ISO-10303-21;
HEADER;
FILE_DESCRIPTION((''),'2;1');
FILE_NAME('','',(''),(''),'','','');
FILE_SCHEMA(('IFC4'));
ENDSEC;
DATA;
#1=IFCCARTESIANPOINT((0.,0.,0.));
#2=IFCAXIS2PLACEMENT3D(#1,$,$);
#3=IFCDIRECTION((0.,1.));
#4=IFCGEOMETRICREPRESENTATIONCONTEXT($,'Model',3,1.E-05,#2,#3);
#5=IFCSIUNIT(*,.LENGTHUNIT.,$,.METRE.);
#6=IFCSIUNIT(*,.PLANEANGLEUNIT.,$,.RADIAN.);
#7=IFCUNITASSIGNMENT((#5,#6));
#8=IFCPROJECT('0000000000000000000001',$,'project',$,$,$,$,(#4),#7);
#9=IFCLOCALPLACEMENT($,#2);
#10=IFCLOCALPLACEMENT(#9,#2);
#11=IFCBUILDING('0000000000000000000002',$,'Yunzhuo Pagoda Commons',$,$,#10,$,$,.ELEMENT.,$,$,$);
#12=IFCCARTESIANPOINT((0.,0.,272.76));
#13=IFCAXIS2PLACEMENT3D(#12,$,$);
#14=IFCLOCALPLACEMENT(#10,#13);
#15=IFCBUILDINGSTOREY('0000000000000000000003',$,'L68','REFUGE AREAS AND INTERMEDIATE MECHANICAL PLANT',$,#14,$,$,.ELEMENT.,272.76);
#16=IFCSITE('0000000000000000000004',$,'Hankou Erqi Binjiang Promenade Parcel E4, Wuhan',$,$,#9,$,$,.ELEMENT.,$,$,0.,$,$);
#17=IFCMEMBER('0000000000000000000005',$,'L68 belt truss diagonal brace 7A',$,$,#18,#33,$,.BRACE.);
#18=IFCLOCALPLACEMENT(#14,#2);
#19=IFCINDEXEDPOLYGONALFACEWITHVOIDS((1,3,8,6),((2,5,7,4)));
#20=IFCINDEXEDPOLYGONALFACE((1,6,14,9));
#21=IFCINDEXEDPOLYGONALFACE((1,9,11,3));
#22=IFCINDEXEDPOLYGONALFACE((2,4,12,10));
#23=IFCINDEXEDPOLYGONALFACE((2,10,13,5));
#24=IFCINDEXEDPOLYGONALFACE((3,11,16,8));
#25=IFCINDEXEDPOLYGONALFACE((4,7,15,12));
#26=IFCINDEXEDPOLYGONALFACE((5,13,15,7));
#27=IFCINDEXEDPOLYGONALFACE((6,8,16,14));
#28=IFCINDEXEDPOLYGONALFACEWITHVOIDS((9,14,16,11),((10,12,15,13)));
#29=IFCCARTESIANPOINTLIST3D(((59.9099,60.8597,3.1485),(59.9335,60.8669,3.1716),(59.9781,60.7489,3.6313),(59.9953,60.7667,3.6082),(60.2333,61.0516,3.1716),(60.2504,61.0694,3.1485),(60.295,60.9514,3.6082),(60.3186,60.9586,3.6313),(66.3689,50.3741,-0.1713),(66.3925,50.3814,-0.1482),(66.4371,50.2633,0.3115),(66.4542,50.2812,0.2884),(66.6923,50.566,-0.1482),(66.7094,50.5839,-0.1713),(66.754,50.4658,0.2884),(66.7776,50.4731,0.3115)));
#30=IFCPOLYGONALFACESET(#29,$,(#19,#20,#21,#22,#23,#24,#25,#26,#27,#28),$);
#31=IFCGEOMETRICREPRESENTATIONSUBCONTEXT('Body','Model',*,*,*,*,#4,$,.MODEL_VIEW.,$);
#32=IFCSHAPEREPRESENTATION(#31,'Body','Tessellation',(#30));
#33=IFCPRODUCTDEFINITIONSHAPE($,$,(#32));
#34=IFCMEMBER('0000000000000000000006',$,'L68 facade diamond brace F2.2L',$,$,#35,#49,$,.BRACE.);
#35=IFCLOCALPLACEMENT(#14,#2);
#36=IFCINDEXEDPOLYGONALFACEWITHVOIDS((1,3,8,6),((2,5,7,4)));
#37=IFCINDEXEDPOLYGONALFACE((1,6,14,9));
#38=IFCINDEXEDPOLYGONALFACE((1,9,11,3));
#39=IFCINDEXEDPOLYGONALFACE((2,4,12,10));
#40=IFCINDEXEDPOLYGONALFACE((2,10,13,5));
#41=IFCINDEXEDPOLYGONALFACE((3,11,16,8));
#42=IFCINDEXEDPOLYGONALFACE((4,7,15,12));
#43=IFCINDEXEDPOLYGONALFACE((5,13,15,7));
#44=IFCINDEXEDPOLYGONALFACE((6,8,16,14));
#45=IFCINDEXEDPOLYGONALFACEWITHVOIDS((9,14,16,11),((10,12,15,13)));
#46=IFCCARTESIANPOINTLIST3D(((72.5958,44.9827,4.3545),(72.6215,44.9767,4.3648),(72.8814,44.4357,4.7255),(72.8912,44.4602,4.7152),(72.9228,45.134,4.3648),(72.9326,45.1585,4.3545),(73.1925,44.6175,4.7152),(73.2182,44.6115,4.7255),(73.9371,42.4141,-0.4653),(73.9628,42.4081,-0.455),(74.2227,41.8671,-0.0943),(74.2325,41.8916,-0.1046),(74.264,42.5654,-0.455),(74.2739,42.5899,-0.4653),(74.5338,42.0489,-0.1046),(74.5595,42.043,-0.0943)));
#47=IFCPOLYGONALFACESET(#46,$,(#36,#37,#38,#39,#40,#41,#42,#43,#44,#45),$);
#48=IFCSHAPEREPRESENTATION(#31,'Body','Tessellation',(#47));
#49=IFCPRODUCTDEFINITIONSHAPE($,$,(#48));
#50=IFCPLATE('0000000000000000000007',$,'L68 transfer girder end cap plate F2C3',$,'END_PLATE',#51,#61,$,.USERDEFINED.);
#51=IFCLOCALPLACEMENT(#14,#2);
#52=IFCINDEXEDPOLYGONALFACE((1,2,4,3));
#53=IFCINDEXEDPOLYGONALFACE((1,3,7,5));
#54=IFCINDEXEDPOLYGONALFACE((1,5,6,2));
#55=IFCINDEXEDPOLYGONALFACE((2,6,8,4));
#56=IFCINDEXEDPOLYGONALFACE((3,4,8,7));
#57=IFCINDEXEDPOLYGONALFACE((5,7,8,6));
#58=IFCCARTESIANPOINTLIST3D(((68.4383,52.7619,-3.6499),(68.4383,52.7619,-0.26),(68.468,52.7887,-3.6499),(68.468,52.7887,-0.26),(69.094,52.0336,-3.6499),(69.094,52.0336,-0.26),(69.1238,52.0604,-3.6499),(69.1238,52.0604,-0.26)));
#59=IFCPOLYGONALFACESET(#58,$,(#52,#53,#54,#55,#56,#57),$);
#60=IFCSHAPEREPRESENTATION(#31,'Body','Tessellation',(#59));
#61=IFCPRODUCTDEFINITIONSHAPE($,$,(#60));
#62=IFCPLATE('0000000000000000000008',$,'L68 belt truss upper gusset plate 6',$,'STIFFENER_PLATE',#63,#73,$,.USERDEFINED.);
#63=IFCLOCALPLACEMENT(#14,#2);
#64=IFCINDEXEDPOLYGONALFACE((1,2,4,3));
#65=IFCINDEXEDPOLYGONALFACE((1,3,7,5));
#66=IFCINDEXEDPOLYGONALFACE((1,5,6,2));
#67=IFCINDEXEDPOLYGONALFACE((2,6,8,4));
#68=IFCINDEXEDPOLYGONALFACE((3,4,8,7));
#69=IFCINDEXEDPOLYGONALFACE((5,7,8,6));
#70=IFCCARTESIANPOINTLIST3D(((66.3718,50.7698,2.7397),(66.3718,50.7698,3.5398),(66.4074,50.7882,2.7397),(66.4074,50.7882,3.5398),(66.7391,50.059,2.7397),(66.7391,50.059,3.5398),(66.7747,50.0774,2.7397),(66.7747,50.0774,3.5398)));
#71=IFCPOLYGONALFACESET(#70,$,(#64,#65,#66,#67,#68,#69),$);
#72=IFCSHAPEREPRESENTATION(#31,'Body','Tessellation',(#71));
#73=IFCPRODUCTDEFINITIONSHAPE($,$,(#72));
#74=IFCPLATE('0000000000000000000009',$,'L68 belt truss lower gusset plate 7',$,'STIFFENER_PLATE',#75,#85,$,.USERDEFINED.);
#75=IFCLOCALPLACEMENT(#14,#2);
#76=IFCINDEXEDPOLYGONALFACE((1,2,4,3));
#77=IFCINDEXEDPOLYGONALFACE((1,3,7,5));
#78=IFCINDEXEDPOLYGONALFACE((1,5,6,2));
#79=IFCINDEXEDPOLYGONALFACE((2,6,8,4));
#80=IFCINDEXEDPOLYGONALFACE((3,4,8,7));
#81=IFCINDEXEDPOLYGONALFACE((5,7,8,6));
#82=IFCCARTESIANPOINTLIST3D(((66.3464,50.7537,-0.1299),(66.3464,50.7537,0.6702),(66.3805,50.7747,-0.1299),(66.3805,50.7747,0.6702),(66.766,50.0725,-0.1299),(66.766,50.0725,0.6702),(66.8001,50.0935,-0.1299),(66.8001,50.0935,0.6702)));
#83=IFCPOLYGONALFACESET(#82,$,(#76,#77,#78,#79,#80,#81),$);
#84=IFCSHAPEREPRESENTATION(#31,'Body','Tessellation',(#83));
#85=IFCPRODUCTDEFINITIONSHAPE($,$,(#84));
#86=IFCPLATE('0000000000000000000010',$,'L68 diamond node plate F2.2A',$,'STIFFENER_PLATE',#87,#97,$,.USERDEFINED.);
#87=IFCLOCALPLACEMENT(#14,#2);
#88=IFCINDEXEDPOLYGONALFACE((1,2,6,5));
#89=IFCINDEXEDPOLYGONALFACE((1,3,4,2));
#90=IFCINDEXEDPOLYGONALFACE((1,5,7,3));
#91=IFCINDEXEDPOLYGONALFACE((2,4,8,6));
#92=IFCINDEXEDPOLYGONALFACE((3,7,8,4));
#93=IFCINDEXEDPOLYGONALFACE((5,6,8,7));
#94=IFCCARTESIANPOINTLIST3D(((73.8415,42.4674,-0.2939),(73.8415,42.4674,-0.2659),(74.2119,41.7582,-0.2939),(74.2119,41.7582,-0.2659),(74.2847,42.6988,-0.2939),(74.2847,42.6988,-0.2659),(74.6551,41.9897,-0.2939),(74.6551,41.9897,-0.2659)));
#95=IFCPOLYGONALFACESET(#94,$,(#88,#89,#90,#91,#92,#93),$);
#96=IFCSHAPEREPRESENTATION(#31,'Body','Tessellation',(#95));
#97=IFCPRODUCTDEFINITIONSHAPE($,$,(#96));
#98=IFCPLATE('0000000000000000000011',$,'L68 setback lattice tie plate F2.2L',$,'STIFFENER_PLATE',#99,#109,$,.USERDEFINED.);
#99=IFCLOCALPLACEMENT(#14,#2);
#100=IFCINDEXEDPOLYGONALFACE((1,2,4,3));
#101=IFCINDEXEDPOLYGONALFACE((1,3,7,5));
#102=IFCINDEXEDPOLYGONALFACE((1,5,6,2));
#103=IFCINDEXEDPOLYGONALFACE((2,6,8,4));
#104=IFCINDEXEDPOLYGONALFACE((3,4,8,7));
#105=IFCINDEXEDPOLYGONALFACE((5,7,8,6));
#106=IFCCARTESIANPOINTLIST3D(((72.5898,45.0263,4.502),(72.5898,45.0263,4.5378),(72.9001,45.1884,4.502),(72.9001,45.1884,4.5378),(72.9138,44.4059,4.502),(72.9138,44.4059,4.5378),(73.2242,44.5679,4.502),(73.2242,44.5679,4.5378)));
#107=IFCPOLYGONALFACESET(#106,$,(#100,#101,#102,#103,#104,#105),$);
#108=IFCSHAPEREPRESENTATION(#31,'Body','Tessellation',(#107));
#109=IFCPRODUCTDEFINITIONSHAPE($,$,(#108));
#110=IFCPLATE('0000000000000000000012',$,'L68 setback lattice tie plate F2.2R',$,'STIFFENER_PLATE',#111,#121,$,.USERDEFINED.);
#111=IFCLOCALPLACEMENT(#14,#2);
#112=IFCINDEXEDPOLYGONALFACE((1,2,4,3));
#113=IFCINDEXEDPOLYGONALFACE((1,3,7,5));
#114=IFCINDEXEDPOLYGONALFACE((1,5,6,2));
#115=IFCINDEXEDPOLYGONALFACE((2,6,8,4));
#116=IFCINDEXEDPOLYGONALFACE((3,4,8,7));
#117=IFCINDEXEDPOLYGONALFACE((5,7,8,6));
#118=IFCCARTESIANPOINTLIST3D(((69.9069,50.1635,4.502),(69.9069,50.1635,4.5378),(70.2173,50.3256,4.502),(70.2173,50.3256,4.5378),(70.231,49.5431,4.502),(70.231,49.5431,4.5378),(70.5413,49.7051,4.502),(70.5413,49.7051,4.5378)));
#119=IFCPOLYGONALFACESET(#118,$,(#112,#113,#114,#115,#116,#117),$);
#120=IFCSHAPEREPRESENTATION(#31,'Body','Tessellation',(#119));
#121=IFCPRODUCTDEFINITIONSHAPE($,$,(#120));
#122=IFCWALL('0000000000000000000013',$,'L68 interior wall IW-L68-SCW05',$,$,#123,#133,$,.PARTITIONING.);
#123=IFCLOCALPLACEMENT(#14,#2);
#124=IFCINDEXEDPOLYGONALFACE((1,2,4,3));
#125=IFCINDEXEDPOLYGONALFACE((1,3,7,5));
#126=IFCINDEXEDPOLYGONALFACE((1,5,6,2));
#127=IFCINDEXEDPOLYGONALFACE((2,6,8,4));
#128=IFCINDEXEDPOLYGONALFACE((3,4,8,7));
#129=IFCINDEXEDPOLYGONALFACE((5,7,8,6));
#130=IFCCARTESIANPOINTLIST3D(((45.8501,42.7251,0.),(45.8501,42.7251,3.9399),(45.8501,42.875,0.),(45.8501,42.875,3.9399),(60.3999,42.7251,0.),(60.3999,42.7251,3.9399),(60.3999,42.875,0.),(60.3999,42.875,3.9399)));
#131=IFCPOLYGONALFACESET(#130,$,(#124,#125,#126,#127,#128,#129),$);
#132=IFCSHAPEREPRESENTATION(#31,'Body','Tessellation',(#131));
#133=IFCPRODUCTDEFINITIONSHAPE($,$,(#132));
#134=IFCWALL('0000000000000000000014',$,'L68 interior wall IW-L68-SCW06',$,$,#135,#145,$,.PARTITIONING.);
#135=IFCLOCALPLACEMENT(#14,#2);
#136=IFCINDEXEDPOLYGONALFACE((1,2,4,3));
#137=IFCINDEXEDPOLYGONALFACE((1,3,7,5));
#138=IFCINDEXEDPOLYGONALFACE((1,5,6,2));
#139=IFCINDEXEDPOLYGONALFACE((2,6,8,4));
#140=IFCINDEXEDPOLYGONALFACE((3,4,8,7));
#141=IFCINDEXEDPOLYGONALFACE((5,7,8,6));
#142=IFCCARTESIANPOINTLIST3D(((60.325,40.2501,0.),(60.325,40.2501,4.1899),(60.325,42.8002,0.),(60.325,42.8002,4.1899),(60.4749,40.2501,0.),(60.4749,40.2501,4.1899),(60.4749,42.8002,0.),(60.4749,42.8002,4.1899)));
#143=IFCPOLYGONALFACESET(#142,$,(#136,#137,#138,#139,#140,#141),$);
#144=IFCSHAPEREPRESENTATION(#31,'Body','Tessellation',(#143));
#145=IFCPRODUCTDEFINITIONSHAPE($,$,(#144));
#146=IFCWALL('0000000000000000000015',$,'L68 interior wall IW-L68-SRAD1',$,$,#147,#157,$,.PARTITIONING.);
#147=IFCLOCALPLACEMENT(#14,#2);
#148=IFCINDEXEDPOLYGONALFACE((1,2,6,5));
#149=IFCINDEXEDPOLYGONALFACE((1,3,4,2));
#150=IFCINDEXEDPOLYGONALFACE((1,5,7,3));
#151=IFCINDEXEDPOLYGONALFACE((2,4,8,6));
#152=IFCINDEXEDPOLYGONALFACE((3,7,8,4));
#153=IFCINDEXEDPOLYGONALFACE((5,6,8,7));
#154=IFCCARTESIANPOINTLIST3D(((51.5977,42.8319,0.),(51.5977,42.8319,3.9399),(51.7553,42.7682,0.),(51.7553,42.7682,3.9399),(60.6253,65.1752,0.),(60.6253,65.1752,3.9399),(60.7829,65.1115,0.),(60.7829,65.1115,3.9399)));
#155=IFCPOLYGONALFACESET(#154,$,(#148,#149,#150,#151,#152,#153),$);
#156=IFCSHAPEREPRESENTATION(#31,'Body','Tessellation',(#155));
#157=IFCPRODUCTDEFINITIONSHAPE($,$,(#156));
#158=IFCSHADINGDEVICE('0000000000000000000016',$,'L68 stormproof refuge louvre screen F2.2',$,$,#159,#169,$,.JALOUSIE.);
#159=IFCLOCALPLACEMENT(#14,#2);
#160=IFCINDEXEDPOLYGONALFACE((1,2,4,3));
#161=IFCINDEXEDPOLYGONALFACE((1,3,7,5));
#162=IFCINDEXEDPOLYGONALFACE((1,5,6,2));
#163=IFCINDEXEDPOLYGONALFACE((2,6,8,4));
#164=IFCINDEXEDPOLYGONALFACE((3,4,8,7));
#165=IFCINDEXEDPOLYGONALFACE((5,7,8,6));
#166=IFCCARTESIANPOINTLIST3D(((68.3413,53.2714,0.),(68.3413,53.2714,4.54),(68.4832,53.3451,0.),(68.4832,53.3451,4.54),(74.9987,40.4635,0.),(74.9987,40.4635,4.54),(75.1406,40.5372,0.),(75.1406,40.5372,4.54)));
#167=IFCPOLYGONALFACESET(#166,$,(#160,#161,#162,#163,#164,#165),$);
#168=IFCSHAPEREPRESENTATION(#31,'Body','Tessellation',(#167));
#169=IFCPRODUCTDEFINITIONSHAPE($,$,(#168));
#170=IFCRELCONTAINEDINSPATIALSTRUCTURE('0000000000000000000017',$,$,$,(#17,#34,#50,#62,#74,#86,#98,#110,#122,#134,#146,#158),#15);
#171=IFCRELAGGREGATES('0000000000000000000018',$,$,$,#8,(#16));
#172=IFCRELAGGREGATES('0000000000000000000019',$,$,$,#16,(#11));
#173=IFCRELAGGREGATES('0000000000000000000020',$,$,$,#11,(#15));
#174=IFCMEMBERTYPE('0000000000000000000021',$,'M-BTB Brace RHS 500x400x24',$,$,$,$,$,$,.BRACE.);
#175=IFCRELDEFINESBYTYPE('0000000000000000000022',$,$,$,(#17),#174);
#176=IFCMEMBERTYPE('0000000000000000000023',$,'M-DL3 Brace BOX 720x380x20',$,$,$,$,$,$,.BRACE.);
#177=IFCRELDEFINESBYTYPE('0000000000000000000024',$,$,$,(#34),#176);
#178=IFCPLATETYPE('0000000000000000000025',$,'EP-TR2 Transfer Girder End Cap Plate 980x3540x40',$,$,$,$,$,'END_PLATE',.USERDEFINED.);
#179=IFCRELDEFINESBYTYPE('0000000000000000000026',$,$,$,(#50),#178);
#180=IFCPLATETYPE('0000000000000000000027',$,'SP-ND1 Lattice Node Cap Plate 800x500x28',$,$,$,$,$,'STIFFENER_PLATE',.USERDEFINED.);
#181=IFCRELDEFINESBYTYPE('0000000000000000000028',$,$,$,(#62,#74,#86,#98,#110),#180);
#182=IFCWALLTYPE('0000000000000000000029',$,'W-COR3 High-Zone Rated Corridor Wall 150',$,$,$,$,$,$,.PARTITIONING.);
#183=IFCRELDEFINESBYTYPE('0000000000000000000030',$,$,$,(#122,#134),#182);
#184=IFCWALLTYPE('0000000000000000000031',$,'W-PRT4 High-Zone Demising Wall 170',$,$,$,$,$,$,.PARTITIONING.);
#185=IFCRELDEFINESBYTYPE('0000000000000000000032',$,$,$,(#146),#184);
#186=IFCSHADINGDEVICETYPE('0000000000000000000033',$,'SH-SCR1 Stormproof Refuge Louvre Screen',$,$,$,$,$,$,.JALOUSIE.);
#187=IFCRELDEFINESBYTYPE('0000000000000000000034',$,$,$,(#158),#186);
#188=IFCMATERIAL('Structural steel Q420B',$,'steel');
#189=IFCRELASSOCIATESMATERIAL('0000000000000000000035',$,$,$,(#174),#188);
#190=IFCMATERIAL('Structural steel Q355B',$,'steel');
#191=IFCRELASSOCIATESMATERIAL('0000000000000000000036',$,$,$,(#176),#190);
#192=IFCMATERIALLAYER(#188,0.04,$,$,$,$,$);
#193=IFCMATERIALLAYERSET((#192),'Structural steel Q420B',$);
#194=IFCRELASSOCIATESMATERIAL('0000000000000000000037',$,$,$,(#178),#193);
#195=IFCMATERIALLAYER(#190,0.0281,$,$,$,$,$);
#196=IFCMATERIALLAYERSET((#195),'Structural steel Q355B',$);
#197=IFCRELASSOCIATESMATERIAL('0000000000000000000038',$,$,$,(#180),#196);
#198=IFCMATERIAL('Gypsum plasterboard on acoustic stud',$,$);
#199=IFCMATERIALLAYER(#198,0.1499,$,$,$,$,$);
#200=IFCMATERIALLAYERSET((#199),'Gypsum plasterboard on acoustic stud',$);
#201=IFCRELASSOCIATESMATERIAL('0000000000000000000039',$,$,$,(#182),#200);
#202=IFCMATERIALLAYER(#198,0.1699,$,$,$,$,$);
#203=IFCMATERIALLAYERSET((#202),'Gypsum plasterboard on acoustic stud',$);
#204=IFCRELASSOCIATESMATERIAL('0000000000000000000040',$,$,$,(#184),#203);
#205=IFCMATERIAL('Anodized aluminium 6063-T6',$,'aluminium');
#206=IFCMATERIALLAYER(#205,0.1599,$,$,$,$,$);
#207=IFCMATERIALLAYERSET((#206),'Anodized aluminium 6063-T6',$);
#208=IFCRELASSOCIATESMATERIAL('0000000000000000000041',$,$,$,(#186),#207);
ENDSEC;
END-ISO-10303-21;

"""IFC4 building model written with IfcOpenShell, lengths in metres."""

from ifc_helpers import new_model, si_unit, direction, frame, frame_2d, origin, origin_2d, place, context, subcontext, project, spatial, rectangle, hollow_rectangle, extrude, source, transform, mapped, material, layer, layer_set, material_profile, profile_set, type_object, element, save


model = new_model("IFC4")

# Units and contexts
model_context = context("Model", 3, precision=1e-05, world=origin(), true_north=direction((0.0, 1.0)))
body_context = subcontext(model_context, "Body", "Model", "MODEL_VIEW")
ifc_project = project(units=[si_unit("LENGTHUNIT", "METRE"), si_unit("PLANEANGLEUNIT", "RADIAN")], contexts=[model_context])

# Site, building, storey
site_placement = place(None, origin())
site = spatial("IfcSite", under=ifc_project, at=site_placement, Name="Hankou Erqi Binjiang Promenade Parcel E4, Wuhan", CompositionType="ELEMENT", RefElevation=0.0)
building_placement = place(site_placement, origin())
building = spatial("IfcBuilding", under=site, at=building_placement, Name="Yunzhuo Pagoda Commons", CompositionType="ELEMENT")
storey_placement = place(building_placement, frame((0.0, 0.0, 272.76)))
storey = spatial("IfcBuildingStorey", under=building, at=storey_placement, Name="L68", Description="REFUGE AREAS AND INTERMEDIATE MECHANICAL PLANT", CompositionType="ELEMENT", Elevation=272.76)

# Shared definitions
ifc_material_1 = material(Name="Structural steel Q355B", Category="steel")

# Shared definitions
ifc_material_2 = material(Name="Structural steel Q420B", Category="steel")

# Members
ifc_material_profile_1 = material_profile(ifc_material_2, hollow_rectangle(XDim=0.3999, YDim=0.5, WallThickness=0.0239, at=origin_2d()), Name="Structural steel Q420B")
ifc_profile_set_1 = profile_set([ifc_material_profile_1], Name="Structural steel Q420B")
member_type_1 = type_object("IfcMemberType", Name="M-BTB Brace RHS 500x400x24", PredefinedType="BRACE", material=ifc_profile_set_1)
shared_shape_1 = source(origin(), body_context, "Body", "SweptSolid", [
    extrude(hollow_rectangle(XDim=0.3999, YDim=0.5, WallThickness=0.0239, at=origin_2d()), origin(), (0.0, 0.0, 1.0), 12.7549),
])
member_1_placement = place(storey_placement, frame((66.5732, 50.4236, 0.0701), z_axis=(-0.506392, 0.822084, 0.260278), x_axis=(-0.85143, -0.524469, 0.0)))
element("IfcMember", 1, at=member_1_placement, inside=storey, type_object=member_type_1, Name="L68 belt truss diagonal brace 7A", PredefinedType="BRACE", context=body_context, shape_type="MappedRepresentation", body=[
    mapped(shared_shape_1, transform((0.0, 0.0, 0.0), scale=1.0)),
])
ifc_material_profile_2 = material_profile(ifc_material_1, hollow_rectangle(XDim=0.3799, YDim=0.72, WallThickness=0.02, at=origin_2d()), Name="Structural steel Q355B")
ifc_profile_set_2 = profile_set([ifc_material_profile_2], Name="Structural steel Q355B")
member_type_2 = type_object("IfcMemberType", Name="M-DL3 Brace BOX 720x380x20", PredefinedType="BRACE", material=ifc_profile_set_2)
shared_shape_2 = source(origin(), body_context, "Body", "SweptSolid", [
    extrude(hollow_rectangle(XDim=0.3799, YDim=0.72, WallThickness=0.02, at=origin_2d()), origin(), (0.0, 0.0, 1.0), 5.6238),
])
member_2_placement = place(storey_placement, frame((74.2483, 42.2285, -0.2798), z_axis=(-0.238504, 0.456735, 0.857035), x_axis=(-0.88642, -0.462883, 0.0)))
element("IfcMember", 2, at=member_2_placement, inside=storey, type_object=member_type_2, Name="L68 facade diamond brace F2.2L", PredefinedType="BRACE", context=body_context, shape_type="MappedRepresentation", body=[
    mapped(shared_shape_2, transform((0.0, 0.0, 0.0), scale=1.0)),
])

# Plates
ifc_layer_1 = layer(ifc_material_2, 0.04)
ifc_layer_set_1 = layer_set([ifc_layer_1], Name="Structural steel Q420B")
plate_type_1 = type_object("IfcPlateType", Name="EP-TR2 Transfer Girder End Cap Plate 980x3540x40", ElementType="END_PLATE", PredefinedType="USERDEFINED", material=ifc_layer_set_1)
shared_shape_3 = source(origin(), body_context, "Body", "SweptSolid", [
    extrude(rectangle(XDim=0.98, YDim=0.04, at=origin_2d()), origin(), (0.0, 0.0, 1.0), 3.3899),
])
plate_1_placement = place(storey_placement, frame((68.781, 52.4111, -3.6499), z_axis=(0.0, 0.0, 1.0), x_axis=(-0.669131, 0.743145, 0.0)))
element("IfcPlate", 3, at=plate_1_placement, inside=storey, type_object=plate_type_1, Name="L68 transfer girder end cap plate F2C3", ObjectType="END_PLATE", PredefinedType="USERDEFINED", context=body_context, shape_type="MappedRepresentation", body=[
    mapped(shared_shape_3, transform((0.0, 0.0, 0.0), scale=1.0)),
])
ifc_layer_2 = layer(ifc_material_1, 0.0281)
ifc_layer_set_2 = layer_set([ifc_layer_2], Name="Structural steel Q355B")
plate_type_2 = type_object("IfcPlateType", Name="SP-ND1 Lattice Node Cap Plate 800x500x28", ElementType="STIFFENER_PLATE", PredefinedType="USERDEFINED", material=ifc_layer_set_2)
shared_shape_4 = source(origin(), body_context, "Body", "SweptSolid", [
    extrude(rectangle(XDim=0.8, YDim=0.04, at=origin_2d()), origin(), (0.0, 0.0, 1.0), 0.8),
])
for number, where, z_axis, x_axis, name in (
    (4, (66.5732, 50.4236, 2.7397), (0.0, 0.0, 1.0), (-0.459053, 0.888409, 0.0), "L68 belt truss upper gusset plate 6"),
    (5, (66.5732, 50.4236, -0.1299), (0.0, 0.0, 1.0), (-0.524462, 0.851434, 0.0), "L68 belt truss lower gusset plate 7"),
):
    element("IfcPlate", number, at=place(storey_placement, frame(where, z_axis=z_axis, x_axis=x_axis)), inside=storey, type_object=plate_type_2, Name=name, ObjectType="STIFFENER_PLATE", PredefinedType="USERDEFINED", context=body_context, shape_type="MappedRepresentation", body=[
        mapped(shared_shape_4, transform((0.0, 0.0, 0.0), scale=1.0)),
    ])
shared_shape_5 = source(origin(), body_context, "Body", "SweptSolid", [
    extrude(rectangle(XDim=0.8, YDim=0.5, at=origin_2d()), origin(), (0.0, 0.0, 1.0), 0.0281),
])
plate_2_placement = place(storey_placement, frame((74.2483, 42.2285, -0.2939), z_axis=(0.0, 0.0, 1.0), x_axis=(-0.462909, 0.886406, 0.0)))
element("IfcPlate", 6, at=plate_2_placement, inside=storey, type_object=plate_type_2, Name="L68 diamond node plate F2.2A", ObjectType="STIFFENER_PLATE", PredefinedType="USERDEFINED", context=body_context, shape_type="MappedRepresentation", body=[
    mapped(shared_shape_5, transform((0.0, 0.0, 0.0), scale=1.0)),
])
shared_shape_6 = source(origin(), body_context, "Body", "SweptSolid", [
    extrude(rectangle(XDim=0.7, YDim=0.3501, at=origin_2d()), origin(), (0.0, 0.0, 1.0), 0.0359),
])
for number, where, z_axis, x_axis, name in (
    (7, (72.907, 44.7971, 4.502), (0.0, 0.0, 1.0), (-0.462909, 0.886406, 0.0), "L68 setback lattice tie plate F2.2L"),
    (8, (70.2241, 49.9343, 4.502), (0.0, 0.0, 1.0), (-0.462909, 0.886406, 0.0), "L68 setback lattice tie plate F2.2R"),
):
    element("IfcPlate", number, at=place(storey_placement, frame(where, z_axis=z_axis, x_axis=x_axis)), inside=storey, type_object=plate_type_2, Name=name, ObjectType="STIFFENER_PLATE", PredefinedType="USERDEFINED", context=body_context, shape_type="MappedRepresentation", body=[
        mapped(shared_shape_6, transform((0.0, 0.0, 0.0), scale=1.0)),
    ])

# Walls
ifc_material_3 = material(Name="Gypsum plasterboard on acoustic stud")
ifc_layer_3 = layer(ifc_material_3, 0.1499)
ifc_layer_set_3 = layer_set([ifc_layer_3], Name="Gypsum plasterboard on acoustic stud")
wall_type_1 = type_object("IfcWallType", Name="W-COR3 High-Zone Rated Corridor Wall 150", PredefinedType="PARTITIONING", material=ifc_layer_set_3)
wall_1_placement = place(storey_placement, frame((45.8501, 42.8, 0.0), z_axis=(0.0, 0.0, 1.0), x_axis=(1.0, 0.0, 0.0)))
element("IfcWall", 9, at=wall_1_placement, inside=storey, type_object=wall_type_1, Name="L68 interior wall IW-L68-SCW05", PredefinedType="PARTITIONING", context=body_context, shape_type="SweptSolid", body=[
    extrude(rectangle(XDim=14.5498, YDim=0.1499, at=frame_2d((7.2749, 0.0))), origin(), (0.0, 0.0, 1.0), 3.9399),
])
wall_2_placement = place(storey_placement, frame((60.3999, 42.8, 0.0), z_axis=(0.0, 0.0, 1.0), x_axis=(0.0, -1.0, 0.0)))
element("IfcWall", 10, at=wall_2_placement, inside=storey, type_object=wall_type_1, Name="L68 interior wall IW-L68-SCW06", PredefinedType="PARTITIONING", context=body_context, shape_type="SweptSolid", body=[
    extrude(rectangle(XDim=2.55, YDim=0.1499, at=frame_2d((1.2749, 0.0))), origin(), (0.0, 0.0, 1.0), 4.1899),
])
ifc_layer_4 = layer(ifc_material_3, 0.1699)
ifc_layer_set_4 = layer_set([ifc_layer_4], Name="Gypsum plasterboard on acoustic stud")
wall_type_2 = type_object("IfcWallType", Name="W-PRT4 High-Zone Demising Wall 170", PredefinedType="PARTITIONING", material=ifc_layer_set_4)
wall_3_placement = place(storey_placement, frame((51.6765, 42.8, 0.0), z_axis=(0.0, 0.0, 1.0), x_axis=(0.374618, 0.927179, 0.0)))
element("IfcWall", 11, at=wall_3_placement, inside=storey, type_object=wall_type_2, Name="L68 interior wall IW-L68-SRAD1", PredefinedType="PARTITIONING", context=body_context, shape_type="SweptSolid", body=[
    extrude(rectangle(XDim=24.0981, YDim=0.1699, at=frame_2d((12.0491, 0.0))), origin(), (0.0, 0.0, 1.0), 3.9399),
])

# Shading device
ifc_material_4 = material(Name="Anodized aluminium 6063-T6", Category="aluminium")
ifc_layer_5 = layer(ifc_material_4, 0.1599)
ifc_layer_set_5 = layer_set([ifc_layer_5], Name="Anodized aluminium 6063-T6")
shading_device_type = type_object("IfcShadingDeviceType", Name="SH-SCR1 Stormproof Refuge Louvre Screen", PredefinedType="JALOUSIE", material=ifc_layer_set_5)
shared_shape_7 = source(origin(), body_context, "Body", "SweptSolid", [
    extrude(rectangle(XDim=14.4348, YDim=0.1599, at=origin_2d()), origin(), (0.0, 0.0, 1.0), 4.54),
])
shading_device_placement = place(storey_placement, frame((71.741, 46.9043, 0.0), z_axis=(0.0, 0.0, 1.0), x_axis=(-0.461207, 0.887293, 0.0)))
element("IfcShadingDevice", 12, at=shading_device_placement, inside=storey, type_object=shading_device_type, Name="L68 stormproof refuge louvre screen F2.2", PredefinedType="JALOUSIE", context=body_context, shape_type="MappedRepresentation", body=[
    mapped(shared_shape_7, transform((0.0, 0.0, 0.0), scale=1.0)),
])

save(model, "model.ifc")
